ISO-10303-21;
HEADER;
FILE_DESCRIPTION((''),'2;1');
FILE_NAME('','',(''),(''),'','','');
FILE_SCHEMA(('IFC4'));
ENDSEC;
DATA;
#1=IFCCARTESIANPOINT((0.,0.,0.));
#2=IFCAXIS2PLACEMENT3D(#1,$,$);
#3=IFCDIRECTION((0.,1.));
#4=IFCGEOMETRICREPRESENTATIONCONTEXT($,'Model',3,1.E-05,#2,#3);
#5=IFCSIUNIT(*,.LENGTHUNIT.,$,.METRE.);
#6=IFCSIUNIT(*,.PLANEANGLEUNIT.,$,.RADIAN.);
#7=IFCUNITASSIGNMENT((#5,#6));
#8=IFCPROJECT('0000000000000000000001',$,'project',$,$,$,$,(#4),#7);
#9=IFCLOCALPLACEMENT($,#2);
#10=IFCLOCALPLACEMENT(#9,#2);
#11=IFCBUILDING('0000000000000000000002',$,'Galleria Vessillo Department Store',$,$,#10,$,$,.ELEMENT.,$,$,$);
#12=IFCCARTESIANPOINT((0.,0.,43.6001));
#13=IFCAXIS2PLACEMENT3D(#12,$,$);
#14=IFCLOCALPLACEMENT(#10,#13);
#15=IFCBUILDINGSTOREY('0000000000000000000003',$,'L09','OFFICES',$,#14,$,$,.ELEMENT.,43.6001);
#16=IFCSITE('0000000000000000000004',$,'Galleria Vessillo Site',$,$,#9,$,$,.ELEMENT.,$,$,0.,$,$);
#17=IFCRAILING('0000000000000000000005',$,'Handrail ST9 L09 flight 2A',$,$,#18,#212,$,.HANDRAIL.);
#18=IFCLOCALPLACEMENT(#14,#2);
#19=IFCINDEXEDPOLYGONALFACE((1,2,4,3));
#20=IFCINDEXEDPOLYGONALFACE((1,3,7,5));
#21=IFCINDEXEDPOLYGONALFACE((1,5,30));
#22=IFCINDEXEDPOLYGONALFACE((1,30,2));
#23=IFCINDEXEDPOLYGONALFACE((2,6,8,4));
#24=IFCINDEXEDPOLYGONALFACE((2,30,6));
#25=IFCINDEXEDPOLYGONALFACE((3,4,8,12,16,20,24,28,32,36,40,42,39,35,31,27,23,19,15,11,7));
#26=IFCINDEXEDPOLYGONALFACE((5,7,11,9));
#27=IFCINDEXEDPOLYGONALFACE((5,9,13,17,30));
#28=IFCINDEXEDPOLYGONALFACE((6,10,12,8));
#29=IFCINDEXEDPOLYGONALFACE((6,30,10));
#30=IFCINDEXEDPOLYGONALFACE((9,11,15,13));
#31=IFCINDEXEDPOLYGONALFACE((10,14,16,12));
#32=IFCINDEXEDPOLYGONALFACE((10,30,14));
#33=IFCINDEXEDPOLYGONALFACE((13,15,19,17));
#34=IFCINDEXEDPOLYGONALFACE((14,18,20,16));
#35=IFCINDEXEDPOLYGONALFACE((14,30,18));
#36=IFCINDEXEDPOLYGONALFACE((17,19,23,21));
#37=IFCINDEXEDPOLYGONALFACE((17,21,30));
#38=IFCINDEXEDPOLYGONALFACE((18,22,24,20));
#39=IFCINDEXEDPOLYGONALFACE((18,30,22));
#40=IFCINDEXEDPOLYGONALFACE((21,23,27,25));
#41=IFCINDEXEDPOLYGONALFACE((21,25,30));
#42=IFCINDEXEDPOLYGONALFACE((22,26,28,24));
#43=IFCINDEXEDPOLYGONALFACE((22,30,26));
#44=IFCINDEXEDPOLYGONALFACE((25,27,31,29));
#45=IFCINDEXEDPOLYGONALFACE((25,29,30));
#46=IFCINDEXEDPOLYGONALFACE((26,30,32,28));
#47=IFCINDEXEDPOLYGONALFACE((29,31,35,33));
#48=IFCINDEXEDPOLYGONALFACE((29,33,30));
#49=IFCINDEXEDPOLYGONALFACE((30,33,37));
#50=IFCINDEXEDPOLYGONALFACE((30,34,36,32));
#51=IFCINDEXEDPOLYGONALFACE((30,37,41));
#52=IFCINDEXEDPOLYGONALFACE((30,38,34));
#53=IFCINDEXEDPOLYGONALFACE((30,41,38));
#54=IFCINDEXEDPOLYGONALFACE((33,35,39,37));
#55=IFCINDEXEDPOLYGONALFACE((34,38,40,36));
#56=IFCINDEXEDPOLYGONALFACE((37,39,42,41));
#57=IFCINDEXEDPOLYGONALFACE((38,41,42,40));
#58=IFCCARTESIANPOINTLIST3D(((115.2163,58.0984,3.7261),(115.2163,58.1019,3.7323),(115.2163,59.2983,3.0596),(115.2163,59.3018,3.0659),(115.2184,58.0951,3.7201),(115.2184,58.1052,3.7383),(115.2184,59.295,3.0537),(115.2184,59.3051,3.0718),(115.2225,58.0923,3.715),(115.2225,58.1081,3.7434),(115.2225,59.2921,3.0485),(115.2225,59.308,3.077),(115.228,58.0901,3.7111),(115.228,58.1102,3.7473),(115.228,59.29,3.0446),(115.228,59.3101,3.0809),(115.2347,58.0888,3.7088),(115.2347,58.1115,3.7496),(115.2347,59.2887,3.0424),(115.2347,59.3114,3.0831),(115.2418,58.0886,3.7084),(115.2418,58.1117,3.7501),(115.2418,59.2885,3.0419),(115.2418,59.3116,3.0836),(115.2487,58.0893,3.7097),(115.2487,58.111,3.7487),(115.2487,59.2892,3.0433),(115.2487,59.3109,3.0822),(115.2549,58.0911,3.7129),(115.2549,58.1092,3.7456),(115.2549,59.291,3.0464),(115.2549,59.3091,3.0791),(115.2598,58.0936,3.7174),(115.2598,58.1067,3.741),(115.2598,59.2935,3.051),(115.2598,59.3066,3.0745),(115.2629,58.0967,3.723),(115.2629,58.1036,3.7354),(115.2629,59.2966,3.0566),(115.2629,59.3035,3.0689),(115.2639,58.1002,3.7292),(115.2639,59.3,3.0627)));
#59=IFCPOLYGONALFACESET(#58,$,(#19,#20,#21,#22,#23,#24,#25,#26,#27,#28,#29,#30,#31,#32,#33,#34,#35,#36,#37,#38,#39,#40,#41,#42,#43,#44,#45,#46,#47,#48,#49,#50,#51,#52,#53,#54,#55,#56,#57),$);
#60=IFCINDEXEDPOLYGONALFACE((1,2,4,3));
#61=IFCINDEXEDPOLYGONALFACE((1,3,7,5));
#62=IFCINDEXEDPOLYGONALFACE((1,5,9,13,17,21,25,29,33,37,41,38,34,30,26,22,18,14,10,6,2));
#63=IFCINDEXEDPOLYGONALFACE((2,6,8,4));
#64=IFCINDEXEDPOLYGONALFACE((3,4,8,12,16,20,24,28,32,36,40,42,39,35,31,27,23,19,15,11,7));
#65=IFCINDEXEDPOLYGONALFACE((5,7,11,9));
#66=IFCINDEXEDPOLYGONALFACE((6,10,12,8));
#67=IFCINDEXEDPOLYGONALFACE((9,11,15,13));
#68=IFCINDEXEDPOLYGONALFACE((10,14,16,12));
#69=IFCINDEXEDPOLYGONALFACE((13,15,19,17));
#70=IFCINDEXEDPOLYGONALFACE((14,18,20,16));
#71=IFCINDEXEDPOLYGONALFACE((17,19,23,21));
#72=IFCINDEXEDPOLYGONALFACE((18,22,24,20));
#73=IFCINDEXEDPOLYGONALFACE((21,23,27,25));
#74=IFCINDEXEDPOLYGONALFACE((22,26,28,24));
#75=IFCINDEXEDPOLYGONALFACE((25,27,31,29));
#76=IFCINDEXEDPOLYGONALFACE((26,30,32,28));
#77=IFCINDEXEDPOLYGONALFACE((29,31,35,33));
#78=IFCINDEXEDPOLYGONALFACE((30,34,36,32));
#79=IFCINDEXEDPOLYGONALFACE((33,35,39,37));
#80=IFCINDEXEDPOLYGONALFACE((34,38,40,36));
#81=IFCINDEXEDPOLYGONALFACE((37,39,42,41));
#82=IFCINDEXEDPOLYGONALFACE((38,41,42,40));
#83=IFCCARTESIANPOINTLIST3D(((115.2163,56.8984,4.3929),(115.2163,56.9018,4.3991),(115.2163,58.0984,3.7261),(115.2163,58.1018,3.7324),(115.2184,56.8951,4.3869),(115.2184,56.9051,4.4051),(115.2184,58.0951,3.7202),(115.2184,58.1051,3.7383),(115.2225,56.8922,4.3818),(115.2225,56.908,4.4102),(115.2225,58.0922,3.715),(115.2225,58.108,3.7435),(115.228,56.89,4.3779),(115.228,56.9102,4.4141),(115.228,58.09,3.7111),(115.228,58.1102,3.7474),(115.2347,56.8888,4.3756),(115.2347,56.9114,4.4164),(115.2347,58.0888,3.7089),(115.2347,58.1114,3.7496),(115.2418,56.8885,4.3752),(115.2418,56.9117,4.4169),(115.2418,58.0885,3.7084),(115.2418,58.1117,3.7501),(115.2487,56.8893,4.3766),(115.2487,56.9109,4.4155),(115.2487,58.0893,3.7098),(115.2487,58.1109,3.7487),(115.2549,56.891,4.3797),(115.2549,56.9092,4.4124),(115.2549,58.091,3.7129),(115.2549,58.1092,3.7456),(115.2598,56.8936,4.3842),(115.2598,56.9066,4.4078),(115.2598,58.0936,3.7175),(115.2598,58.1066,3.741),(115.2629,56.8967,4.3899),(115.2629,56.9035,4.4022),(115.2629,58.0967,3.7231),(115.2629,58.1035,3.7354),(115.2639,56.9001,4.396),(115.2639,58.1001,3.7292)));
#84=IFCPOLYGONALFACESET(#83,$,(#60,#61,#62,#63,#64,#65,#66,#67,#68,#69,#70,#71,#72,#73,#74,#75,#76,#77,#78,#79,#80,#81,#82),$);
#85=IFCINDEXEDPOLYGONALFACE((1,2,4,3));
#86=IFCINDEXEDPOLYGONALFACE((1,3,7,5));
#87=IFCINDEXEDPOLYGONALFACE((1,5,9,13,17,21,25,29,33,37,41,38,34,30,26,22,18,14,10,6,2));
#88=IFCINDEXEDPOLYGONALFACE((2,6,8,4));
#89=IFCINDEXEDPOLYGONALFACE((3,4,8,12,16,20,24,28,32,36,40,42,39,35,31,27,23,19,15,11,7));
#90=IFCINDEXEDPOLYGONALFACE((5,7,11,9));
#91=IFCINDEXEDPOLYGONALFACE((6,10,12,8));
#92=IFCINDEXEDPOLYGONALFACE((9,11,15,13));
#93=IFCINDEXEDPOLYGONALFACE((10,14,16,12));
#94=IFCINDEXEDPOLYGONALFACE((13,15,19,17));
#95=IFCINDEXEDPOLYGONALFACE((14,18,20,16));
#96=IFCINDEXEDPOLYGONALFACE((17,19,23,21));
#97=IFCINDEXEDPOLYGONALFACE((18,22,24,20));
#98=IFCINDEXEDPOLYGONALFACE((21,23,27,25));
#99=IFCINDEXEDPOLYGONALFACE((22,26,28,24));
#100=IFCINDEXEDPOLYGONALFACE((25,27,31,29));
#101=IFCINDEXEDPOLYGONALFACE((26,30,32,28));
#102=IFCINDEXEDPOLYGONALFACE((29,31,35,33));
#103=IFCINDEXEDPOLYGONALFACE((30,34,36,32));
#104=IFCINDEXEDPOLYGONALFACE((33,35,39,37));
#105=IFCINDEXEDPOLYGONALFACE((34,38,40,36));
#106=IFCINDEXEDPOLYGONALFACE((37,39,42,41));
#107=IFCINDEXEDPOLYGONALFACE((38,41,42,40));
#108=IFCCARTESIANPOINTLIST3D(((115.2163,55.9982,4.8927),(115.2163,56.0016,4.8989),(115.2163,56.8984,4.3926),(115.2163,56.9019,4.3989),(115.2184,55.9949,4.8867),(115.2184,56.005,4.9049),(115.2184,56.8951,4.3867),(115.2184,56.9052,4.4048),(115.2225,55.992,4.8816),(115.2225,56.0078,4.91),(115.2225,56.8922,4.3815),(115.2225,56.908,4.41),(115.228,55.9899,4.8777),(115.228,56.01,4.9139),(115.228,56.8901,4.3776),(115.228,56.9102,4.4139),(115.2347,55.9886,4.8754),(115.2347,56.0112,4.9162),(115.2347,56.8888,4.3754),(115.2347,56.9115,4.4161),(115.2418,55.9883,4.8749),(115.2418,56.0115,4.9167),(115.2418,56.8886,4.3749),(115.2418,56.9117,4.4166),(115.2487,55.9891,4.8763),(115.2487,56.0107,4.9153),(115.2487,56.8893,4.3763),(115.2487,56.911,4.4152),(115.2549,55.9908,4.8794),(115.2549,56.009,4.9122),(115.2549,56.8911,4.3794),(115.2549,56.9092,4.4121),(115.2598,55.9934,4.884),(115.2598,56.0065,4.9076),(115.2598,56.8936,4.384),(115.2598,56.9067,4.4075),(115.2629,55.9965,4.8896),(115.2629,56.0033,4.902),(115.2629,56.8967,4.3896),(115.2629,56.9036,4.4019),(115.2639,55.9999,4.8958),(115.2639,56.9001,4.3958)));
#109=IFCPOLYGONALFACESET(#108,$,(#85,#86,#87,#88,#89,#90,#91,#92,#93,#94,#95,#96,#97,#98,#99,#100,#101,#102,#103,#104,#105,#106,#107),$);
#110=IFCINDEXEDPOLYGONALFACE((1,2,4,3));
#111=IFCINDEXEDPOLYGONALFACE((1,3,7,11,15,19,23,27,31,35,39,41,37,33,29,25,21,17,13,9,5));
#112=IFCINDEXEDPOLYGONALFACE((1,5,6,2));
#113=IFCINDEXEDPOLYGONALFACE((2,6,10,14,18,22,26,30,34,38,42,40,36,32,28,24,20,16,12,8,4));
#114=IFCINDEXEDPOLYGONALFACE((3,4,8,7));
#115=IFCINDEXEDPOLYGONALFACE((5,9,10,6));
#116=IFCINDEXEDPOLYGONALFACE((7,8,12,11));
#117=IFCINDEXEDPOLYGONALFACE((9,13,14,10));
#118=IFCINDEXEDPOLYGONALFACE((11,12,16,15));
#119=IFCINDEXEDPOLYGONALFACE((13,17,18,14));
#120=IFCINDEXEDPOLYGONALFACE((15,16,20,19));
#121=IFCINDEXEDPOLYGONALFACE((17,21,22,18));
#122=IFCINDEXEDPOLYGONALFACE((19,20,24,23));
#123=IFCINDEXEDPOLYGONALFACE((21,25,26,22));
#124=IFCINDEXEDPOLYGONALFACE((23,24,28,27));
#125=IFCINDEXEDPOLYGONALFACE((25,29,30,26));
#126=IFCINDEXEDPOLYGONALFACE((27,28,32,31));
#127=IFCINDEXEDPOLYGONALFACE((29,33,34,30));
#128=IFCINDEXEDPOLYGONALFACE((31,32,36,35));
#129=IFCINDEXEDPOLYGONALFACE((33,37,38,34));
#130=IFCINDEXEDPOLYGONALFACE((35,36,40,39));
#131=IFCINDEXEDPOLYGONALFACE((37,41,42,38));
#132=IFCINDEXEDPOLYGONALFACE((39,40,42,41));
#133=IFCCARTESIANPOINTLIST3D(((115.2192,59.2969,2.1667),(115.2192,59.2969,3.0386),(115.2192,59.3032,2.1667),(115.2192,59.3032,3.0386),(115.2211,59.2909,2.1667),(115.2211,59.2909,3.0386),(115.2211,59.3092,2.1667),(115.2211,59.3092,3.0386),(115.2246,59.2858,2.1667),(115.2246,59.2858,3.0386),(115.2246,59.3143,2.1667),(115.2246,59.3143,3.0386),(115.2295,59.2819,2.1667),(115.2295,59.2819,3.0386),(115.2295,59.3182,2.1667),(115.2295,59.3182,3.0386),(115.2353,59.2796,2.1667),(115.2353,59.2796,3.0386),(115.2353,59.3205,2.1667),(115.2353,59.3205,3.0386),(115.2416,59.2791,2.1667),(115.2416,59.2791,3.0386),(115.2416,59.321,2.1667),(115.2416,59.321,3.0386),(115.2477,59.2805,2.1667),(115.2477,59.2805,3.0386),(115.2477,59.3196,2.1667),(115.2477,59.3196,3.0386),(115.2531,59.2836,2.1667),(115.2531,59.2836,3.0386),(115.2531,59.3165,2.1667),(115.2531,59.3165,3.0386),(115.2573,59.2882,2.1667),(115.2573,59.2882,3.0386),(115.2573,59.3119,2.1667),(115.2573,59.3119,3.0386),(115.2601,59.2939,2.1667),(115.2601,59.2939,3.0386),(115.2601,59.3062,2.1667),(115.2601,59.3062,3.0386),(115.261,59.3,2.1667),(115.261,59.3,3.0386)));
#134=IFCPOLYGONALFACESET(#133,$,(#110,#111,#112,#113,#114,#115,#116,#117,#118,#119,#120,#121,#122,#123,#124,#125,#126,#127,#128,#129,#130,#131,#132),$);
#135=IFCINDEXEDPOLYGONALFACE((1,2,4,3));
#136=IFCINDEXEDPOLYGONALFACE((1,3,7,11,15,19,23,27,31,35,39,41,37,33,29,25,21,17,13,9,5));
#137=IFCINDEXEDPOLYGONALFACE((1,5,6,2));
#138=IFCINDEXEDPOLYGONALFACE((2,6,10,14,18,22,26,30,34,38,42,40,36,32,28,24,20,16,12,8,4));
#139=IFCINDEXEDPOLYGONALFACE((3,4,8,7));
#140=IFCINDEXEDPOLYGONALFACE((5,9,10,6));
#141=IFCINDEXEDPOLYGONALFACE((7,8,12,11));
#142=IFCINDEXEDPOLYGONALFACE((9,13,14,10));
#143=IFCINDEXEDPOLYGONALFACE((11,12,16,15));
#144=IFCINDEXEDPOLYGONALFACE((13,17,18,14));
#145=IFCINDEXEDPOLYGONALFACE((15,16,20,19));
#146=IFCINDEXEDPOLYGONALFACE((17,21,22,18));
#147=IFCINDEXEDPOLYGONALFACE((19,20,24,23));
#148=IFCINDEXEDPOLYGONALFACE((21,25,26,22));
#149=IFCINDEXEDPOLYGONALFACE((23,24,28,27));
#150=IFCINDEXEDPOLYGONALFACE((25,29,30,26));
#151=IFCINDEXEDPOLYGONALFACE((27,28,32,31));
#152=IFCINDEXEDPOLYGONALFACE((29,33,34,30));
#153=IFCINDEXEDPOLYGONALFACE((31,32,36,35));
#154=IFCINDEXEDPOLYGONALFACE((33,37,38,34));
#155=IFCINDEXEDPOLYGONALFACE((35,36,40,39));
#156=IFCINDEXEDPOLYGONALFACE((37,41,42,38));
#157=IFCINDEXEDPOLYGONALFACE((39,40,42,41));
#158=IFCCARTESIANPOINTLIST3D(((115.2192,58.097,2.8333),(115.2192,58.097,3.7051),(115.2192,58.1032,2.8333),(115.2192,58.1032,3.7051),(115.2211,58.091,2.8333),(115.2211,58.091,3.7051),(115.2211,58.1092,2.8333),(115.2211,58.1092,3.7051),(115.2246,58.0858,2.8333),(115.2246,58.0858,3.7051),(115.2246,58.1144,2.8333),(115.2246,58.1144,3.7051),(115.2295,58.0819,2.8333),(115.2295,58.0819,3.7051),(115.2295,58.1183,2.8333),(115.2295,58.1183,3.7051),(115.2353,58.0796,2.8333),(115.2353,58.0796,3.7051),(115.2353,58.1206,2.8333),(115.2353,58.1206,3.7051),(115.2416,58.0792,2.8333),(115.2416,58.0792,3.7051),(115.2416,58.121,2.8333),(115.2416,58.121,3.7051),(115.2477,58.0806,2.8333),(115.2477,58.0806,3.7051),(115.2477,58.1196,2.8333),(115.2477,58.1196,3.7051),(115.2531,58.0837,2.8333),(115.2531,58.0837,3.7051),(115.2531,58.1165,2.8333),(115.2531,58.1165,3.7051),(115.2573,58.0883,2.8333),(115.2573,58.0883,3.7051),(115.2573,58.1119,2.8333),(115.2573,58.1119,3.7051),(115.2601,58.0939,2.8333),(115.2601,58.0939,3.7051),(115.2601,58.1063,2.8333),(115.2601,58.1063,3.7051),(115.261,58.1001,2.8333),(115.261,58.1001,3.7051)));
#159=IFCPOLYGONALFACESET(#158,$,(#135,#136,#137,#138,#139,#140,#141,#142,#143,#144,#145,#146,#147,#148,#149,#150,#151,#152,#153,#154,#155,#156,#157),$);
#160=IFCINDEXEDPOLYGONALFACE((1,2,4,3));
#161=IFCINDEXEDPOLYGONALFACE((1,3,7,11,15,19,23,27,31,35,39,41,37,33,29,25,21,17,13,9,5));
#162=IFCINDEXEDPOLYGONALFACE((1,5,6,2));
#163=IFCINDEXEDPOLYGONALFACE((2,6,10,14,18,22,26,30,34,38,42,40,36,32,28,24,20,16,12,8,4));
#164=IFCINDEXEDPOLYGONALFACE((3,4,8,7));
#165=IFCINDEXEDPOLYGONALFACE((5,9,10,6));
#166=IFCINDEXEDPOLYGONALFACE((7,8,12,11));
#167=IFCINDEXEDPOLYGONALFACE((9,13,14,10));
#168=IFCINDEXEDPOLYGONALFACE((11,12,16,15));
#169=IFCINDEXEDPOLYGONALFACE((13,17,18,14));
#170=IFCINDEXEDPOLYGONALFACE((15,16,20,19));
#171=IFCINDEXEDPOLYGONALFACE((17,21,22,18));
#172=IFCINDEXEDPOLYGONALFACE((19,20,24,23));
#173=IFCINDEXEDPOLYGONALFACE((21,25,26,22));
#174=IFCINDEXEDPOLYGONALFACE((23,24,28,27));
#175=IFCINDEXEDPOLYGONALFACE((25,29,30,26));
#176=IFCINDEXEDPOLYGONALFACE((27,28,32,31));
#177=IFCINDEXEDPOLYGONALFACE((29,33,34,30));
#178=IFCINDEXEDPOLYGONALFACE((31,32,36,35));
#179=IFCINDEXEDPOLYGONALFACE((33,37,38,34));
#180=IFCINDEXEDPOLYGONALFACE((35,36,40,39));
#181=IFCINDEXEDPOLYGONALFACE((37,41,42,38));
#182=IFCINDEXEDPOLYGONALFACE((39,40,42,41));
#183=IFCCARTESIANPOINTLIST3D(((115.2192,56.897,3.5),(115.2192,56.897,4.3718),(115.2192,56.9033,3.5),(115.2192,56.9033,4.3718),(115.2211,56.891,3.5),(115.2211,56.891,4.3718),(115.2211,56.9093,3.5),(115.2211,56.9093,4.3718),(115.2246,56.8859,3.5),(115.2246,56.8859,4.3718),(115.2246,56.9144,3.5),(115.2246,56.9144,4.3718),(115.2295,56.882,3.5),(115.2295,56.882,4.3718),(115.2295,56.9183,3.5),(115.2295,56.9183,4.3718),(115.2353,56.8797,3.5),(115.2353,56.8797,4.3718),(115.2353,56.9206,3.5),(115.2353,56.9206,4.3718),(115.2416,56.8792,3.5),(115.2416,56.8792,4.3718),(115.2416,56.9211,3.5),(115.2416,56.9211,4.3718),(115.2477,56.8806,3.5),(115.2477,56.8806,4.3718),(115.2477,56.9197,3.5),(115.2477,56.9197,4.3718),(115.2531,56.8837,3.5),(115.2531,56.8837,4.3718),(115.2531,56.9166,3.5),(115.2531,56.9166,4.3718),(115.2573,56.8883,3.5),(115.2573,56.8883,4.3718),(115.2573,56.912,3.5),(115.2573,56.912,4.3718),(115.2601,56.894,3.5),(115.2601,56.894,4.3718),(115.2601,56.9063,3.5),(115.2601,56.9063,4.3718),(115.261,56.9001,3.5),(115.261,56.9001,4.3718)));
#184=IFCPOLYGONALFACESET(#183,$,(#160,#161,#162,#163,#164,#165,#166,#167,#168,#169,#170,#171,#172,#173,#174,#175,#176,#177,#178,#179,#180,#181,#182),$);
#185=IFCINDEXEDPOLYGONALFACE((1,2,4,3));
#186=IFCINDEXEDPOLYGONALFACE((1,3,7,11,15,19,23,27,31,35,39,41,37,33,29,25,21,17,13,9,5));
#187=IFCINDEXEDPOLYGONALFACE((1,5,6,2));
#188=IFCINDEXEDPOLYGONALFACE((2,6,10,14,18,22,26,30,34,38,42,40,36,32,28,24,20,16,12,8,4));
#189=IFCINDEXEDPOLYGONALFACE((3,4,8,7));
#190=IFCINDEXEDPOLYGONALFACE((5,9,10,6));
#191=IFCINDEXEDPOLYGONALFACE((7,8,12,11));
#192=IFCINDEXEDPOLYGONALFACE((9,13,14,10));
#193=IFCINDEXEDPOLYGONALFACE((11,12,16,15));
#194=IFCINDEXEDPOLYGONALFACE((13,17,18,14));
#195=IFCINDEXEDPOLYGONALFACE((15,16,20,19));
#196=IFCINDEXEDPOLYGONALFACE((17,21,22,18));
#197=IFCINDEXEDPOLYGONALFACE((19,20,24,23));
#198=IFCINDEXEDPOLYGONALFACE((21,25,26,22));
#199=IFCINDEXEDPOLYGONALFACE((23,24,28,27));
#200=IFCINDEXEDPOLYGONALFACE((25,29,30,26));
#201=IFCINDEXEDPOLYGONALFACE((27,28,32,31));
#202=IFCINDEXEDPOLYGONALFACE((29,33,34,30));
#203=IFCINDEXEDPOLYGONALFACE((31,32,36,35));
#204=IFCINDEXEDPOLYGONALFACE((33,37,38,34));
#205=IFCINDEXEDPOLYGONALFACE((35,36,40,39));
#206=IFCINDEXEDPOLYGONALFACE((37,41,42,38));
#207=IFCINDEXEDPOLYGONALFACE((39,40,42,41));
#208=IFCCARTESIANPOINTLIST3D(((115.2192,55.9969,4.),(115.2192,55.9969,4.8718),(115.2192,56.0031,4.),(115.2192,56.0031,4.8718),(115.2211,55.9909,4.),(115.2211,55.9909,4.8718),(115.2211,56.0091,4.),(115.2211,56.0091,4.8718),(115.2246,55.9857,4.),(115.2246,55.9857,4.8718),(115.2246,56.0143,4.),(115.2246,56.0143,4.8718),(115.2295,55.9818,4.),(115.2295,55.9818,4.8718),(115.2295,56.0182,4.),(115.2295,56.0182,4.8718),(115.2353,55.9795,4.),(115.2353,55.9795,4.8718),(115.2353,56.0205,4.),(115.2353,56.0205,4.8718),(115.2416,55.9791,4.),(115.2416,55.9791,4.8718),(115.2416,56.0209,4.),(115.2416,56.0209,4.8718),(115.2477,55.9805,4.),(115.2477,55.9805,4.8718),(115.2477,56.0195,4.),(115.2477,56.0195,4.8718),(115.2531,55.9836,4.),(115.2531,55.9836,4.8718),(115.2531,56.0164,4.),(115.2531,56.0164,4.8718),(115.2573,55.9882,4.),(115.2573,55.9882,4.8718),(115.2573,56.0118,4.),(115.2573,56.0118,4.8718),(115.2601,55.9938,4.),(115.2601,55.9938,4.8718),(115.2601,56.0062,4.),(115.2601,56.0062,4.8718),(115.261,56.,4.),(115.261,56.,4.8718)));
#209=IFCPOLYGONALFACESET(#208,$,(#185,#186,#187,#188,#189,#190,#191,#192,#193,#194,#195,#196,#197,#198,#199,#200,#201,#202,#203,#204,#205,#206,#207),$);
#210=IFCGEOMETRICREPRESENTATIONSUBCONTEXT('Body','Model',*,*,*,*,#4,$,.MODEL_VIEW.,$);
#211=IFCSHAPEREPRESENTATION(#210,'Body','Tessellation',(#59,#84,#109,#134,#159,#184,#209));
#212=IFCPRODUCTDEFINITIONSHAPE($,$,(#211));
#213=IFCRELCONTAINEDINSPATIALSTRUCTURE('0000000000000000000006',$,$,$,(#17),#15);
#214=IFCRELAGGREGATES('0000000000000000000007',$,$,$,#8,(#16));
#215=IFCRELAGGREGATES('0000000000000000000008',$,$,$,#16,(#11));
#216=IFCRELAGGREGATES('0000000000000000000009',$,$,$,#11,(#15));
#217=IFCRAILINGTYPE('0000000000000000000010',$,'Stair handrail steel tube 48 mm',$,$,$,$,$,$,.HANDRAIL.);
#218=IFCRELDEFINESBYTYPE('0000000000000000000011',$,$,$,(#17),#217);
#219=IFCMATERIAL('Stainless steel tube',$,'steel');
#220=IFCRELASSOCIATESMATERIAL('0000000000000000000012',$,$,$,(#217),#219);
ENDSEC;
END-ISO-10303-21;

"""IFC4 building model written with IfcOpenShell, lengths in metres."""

from ifc_helpers import new_model, si_unit, direction, frame, origin, origin_2d, place, context, subcontext, project, spatial, circle, extrude, material, type_object, element, save


model = new_model("IFC4")

# Units and contexts
model_context = context("Model", 3, precision=1e-05, world=origin(), true_north=direction((0.0, 1.0)))
body_context = subcontext(model_context, "Body", "Model", "MODEL_VIEW")
ifc_project = project(units=[si_unit("LENGTHUNIT", "METRE"), si_unit("PLANEANGLEUNIT", "RADIAN")], contexts=[model_context])

# Site, building, storey
site_placement = place(None, origin())
site = spatial("IfcSite", under=ifc_project, at=site_placement, Name="Galleria Vessillo Site", CompositionType="ELEMENT", RefElevation=0.0)
building_placement = place(site_placement, origin())
building = spatial("IfcBuilding", under=site, at=building_placement, Name="Galleria Vessillo Department Store", CompositionType="ELEMENT")
storey_placement = place(building_placement, frame((0.0, 0.0, 43.6001)))
storey = spatial("IfcBuildingStorey", under=building, at=storey_placement, Name="L09", Description="OFFICES", CompositionType="ELEMENT", Elevation=43.6001)

# Railing
ifc_material_1 = material(Name="Stainless steel tube", Category="steel")
railing_type = type_object("IfcRailingType", Name="Stair handrail steel tube 48 mm", PredefinedType="HANDRAIL", material=ifc_material_1)
for number, where, name in (
    (1, (115.24, 59.3, 2.1667), "Handrail ST9 L09 flight 2A"),
):
    element("IfcRailing", number, at=place(storey_placement, frame(where)), inside=storey, type_object=railing_type, Name=name, PredefinedType="HANDRAIL", context=body_context, shape_type="SweptSolid", body=[
        extrude(circle(Radius=0.0239, at=origin_2d()), frame((0.0, 0.0, 0.896), z_axis=(0.0, -0.874199, 0.485567), x_axis=(1.0, 0.0, 0.0)), (0.0, 0.0, 1.0), 1.3726),
        extrude(circle(Radius=0.0239, at=origin_2d()), frame((0.0, -1.2, 1.5625), z_axis=(0.0, -0.874124, 0.485703), x_axis=(1.0, 0.0, 0.0)), (0.0, 0.0, 1.0), 1.3728),
        extrude(circle(Radius=0.0239, at=origin_2d()), frame((0.0, -2.3999, 2.229), z_axis=(0.0, -0.874191, 0.485583), x_axis=(1.0, 0.0, 0.0)), (0.0, 0.0, 1.0), 1.0298),
        extrude(circle(Radius=0.021, at=origin_2d()), origin(), (0.0, 0.0, 1.0), 0.8718),
        extrude(circle(Radius=0.021, at=origin_2d()), frame((0.0, -1.2, 0.6665)), (0.0, 0.0, 1.0), 0.8718),
        extrude(circle(Radius=0.021, at=origin_2d()), frame((0.0, -2.3999, 1.3333)), (0.0, 0.0, 1.0), 0.8718),
        extrude(circle(Radius=0.021, at=origin_2d()), frame((0.0, -3.3, 1.8333)), (0.0, 0.0, 1.0), 0.8718),
    ])

save(model, "model.ifc")
